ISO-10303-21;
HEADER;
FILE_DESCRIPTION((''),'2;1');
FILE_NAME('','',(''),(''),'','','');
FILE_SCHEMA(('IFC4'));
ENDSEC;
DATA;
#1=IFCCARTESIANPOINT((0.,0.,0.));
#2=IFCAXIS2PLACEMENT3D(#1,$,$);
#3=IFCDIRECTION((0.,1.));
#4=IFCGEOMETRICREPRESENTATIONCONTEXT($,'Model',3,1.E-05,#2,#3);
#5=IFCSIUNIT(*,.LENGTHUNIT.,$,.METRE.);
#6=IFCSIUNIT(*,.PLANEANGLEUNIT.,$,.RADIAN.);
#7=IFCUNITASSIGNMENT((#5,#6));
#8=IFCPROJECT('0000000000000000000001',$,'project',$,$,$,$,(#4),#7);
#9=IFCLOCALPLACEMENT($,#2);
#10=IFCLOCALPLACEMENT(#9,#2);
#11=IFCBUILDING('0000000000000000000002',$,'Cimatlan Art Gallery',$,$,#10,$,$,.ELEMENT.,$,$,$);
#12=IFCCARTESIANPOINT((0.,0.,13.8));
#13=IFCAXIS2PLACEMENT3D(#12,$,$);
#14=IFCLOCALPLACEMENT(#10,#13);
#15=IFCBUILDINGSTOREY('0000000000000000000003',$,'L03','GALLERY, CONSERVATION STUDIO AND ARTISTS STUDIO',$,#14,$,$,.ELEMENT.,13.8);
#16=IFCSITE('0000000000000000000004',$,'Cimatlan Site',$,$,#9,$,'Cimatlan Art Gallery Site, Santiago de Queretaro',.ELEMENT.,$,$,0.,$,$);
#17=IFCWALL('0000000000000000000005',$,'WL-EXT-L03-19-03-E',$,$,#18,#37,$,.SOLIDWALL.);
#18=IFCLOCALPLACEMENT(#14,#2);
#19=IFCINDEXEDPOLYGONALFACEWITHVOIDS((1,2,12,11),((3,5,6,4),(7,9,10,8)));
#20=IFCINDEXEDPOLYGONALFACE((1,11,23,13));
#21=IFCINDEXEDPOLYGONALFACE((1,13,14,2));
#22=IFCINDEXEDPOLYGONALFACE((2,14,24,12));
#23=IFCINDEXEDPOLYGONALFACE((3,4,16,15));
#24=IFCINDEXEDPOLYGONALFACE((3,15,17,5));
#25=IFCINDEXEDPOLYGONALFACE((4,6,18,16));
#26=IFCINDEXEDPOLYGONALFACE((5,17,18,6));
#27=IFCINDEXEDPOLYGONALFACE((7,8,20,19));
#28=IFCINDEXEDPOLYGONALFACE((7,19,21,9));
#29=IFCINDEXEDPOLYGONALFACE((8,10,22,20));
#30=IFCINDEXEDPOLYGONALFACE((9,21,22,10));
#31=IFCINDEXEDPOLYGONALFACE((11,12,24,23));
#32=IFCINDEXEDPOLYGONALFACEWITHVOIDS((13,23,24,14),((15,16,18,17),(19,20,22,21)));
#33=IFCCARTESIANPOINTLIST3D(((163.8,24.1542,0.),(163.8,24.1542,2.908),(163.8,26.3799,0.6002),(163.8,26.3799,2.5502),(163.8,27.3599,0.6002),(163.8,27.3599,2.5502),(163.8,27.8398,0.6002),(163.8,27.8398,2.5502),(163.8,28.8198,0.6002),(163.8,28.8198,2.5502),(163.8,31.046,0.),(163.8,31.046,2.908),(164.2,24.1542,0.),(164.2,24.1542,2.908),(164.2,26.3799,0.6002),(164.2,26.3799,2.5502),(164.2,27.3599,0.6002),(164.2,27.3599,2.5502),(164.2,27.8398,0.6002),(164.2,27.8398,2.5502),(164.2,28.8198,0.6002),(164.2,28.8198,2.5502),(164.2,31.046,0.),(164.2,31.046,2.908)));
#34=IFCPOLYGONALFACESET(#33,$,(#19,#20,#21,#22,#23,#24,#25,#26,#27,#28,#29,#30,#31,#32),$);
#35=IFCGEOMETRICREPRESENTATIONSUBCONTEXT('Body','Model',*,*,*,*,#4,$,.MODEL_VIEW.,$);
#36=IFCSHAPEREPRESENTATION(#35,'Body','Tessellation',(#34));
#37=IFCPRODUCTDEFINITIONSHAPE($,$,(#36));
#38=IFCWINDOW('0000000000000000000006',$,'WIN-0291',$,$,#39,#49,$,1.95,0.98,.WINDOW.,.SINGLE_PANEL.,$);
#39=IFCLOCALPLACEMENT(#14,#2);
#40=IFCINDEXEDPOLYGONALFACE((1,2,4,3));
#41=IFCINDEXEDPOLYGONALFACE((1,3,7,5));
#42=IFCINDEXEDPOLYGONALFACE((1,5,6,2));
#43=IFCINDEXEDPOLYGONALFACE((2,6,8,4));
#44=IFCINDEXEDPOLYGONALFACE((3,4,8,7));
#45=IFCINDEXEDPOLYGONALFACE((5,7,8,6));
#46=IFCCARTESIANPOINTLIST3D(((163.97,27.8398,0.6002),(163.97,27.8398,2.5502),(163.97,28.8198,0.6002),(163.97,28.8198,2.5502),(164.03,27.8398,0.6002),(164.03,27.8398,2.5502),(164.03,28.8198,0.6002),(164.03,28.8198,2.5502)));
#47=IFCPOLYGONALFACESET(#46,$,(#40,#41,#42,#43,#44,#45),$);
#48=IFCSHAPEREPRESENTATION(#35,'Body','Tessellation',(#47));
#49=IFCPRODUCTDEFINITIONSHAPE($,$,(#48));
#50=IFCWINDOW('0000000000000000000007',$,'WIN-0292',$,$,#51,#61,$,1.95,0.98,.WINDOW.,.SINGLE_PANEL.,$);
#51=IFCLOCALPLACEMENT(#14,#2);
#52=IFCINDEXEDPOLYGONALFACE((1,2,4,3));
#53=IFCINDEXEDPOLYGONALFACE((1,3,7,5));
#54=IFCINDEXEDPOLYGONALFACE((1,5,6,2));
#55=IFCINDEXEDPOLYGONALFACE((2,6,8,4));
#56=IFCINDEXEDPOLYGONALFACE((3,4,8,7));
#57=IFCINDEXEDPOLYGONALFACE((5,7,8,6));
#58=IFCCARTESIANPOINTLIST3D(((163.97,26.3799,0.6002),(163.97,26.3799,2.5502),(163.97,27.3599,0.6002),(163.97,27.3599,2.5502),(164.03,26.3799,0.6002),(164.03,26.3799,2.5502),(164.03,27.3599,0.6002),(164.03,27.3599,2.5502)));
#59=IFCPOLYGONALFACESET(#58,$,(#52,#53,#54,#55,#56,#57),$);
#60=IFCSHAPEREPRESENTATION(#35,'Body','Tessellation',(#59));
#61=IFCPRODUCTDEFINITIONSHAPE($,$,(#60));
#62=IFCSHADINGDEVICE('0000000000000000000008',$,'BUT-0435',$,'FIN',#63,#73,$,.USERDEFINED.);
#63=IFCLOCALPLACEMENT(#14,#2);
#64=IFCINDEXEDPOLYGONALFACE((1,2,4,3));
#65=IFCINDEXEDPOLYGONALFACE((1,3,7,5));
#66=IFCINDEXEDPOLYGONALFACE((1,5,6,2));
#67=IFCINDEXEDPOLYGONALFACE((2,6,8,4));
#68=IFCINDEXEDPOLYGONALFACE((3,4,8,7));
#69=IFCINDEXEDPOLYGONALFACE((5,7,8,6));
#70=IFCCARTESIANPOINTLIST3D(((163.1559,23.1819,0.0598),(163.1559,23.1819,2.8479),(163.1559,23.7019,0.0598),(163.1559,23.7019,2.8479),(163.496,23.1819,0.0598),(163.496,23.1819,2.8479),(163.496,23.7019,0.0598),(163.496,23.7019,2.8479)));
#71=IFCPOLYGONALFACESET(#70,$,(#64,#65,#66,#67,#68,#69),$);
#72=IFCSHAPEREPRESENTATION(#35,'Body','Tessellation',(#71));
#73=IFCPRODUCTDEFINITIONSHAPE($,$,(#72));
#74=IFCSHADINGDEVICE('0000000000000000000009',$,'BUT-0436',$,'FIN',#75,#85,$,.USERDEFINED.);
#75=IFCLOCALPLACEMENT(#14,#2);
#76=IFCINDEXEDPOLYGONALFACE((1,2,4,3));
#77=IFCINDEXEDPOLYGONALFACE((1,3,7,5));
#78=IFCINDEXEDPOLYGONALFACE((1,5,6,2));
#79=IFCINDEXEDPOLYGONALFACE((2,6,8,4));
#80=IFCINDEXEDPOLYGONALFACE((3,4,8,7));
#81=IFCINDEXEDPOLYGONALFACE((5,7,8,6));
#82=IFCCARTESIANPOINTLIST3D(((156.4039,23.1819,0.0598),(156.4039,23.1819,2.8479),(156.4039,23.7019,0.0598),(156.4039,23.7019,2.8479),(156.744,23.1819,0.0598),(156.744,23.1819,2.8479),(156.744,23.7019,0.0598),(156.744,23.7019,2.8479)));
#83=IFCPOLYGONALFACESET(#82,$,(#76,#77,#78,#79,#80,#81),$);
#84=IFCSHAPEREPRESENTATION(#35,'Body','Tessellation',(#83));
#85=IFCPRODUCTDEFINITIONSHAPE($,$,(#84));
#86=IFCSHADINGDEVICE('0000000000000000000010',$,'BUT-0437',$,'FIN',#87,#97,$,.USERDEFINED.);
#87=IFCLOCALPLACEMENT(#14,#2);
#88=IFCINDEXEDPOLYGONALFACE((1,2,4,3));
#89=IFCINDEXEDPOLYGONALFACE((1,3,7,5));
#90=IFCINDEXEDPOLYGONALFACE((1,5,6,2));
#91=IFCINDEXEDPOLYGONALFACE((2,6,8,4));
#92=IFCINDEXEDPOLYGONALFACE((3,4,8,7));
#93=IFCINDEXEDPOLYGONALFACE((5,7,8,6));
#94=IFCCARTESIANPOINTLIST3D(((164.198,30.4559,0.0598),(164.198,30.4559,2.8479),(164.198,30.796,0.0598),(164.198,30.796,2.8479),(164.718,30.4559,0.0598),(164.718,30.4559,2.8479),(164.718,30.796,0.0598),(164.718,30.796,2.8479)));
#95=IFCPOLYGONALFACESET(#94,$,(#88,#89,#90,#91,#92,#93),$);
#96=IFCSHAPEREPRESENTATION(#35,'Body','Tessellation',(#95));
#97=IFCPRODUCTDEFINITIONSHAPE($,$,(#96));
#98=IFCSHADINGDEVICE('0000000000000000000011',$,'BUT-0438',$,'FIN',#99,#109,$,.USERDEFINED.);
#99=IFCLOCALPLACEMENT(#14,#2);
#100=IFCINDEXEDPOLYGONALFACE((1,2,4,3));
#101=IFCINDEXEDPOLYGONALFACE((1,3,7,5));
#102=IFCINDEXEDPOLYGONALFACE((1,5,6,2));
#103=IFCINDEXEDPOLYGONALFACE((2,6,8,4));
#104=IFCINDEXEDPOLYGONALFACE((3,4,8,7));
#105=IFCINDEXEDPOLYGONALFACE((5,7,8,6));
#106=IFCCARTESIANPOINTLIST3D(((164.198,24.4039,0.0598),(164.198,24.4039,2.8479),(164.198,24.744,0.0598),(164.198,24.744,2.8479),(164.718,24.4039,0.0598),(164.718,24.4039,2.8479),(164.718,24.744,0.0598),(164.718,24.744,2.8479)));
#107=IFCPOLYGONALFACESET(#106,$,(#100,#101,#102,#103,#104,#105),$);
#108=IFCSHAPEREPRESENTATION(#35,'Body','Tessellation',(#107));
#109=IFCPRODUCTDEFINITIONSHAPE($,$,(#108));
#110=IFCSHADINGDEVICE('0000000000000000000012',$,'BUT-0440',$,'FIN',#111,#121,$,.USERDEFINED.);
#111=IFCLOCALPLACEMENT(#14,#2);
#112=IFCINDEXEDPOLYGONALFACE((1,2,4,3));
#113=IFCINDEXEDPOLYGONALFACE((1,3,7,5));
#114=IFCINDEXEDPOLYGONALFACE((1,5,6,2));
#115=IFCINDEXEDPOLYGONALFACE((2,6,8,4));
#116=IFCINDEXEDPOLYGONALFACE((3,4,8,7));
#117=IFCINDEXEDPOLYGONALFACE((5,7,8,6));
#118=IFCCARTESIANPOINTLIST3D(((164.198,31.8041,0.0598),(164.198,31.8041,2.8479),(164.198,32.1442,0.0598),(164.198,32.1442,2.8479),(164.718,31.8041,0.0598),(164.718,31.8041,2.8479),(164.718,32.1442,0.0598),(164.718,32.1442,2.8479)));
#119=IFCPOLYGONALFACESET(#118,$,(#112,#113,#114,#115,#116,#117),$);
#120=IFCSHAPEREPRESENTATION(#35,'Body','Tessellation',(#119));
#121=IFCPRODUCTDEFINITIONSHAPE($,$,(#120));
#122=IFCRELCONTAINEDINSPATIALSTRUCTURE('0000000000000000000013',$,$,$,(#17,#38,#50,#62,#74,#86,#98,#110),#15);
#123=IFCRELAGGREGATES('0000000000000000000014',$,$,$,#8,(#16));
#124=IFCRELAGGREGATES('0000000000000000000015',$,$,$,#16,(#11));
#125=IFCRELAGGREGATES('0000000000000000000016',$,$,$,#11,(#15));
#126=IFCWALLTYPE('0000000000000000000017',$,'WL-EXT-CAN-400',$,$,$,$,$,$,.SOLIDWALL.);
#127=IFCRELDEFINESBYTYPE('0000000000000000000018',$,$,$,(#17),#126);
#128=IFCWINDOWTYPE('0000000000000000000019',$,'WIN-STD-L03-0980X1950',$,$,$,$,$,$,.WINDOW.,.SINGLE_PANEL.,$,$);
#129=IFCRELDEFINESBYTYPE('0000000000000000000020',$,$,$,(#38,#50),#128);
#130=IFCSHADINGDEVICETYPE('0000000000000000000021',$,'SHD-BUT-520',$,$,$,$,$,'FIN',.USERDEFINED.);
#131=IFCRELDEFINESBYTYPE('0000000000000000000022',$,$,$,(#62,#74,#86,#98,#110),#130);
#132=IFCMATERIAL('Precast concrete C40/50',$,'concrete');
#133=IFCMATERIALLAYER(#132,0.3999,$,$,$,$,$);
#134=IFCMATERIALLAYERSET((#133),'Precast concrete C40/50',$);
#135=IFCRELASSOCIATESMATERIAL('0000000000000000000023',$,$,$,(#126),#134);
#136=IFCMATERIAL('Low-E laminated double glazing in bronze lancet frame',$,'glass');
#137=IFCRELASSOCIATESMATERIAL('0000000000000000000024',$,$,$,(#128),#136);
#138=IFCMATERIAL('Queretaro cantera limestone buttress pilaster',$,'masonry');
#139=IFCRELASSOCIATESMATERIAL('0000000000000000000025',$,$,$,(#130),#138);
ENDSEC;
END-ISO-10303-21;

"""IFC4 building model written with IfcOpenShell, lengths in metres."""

from ifc_helpers import new_model, si_unit, direction, frame, frame_2d, origin, origin_2d, place, context, subcontext, project, spatial, rectangle, extrude, material, layer, layer_set, type_object, element, fill, save


model = new_model("IFC4")

# Units and contexts
model_context = context("Model", 3, precision=1e-05, world=origin(), true_north=direction((0.0, 1.0)))
body_context = subcontext(model_context, "Body", "Model", "MODEL_VIEW")
ifc_project = project(units=[si_unit("LENGTHUNIT", "METRE"), si_unit("PLANEANGLEUNIT", "RADIAN")], contexts=[model_context])

# Site, building, storey
site_placement = place(None, origin())
site = spatial("IfcSite", under=ifc_project, at=site_placement, Name="Cimatlan Site", LongName="Cimatlan Art Gallery Site, Santiago de Queretaro", CompositionType="ELEMENT", RefElevation=0.0)
building_placement = place(site_placement, origin())
building = spatial("IfcBuilding", under=site, at=building_placement, Name="Cimatlan Art Gallery", CompositionType="ELEMENT")
storey_placement = place(building_placement, frame((0.0, 0.0, 13.8)))
storey = spatial("IfcBuildingStorey", under=building, at=storey_placement, Name="L03", Description="GALLERY, CONSERVATION STUDIO AND ARTISTS STUDIO", CompositionType="ELEMENT", Elevation=13.8)

# Wall, openings, windows
ifc_material_1 = material(Name="Precast concrete C40/50", Category="concrete")
ifc_layer_1 = layer(ifc_material_1, 0.3999)
ifc_layer_set_1 = layer_set([ifc_layer_1], Name="Precast concrete C40/50")
wall_type_1 = type_object("IfcWallType", Name="WL-EXT-CAN-400", PredefinedType="SOLIDWALL", material=ifc_layer_set_1)
ifc_material_2 = material(Name="Low-E laminated double glazing in bronze lancet frame", Category="glass")
window_type = type_object("IfcWindowType", Name="WIN-STD-L03-0980X1950", PartitioningType="SINGLE_PANEL", PredefinedType="WINDOW", material=ifc_material_2)
wall_1_placement = place(storey_placement, frame((164.0, 31.0459, 0.0), z_axis=(0.0, 0.0, 1.0), x_axis=(0.0, -1.0, 0.0)))
wall_1 = element("IfcWall", 1, at=wall_1_placement, inside=storey, type_object=wall_type_1, Name="WL-EXT-L03-19-03-E", PredefinedType="SOLIDWALL", context=body_context, shape_type="SweptSolid", body=[
    extrude(rectangle(XDim=6.8918, YDim=0.3999, at=frame_2d((3.4458, 0.0))), origin(), (0.0, 0.0, 1.0), 2.908),
])
opening_1_placement = place(wall_1_placement, frame((2.2261, 0.0, 0.6001)))
opening_1 = element("IfcOpeningElement", 2, at=opening_1_placement, cuts=wall_1, PredefinedType="OPENING", context=body_context, shape_type="SweptSolid", body=[
    extrude(rectangle(XDim=0.98, YDim=1.95, at=frame_2d((0.49, 0.9751))), frame((0.0, 0.21, 0.0), z_axis=(0.0, -1.0, 0.0), x_axis=(1.0, 0.0, 0.0)), (0.0, 0.0, 1.0), 0.4199),
])
opening_2_placement = place(wall_1_placement, frame((3.686, 0.0, 0.6001)))
opening_2 = element("IfcOpeningElement", 3, at=opening_2_placement, cuts=wall_1, PredefinedType="OPENING", context=body_context, shape_type="SweptSolid", body=[
    extrude(rectangle(XDim=0.98, YDim=1.95, at=frame_2d((0.49, 0.9751))), frame((0.0, 0.21, 0.0), z_axis=(0.0, -1.0, 0.0), x_axis=(1.0, 0.0, 0.0)), (0.0, 0.0, 1.0), 0.4199),
])
window_1_placement = place(opening_1_placement, origin())
window_1 = element("IfcWindow", 4, at=window_1_placement, inside=storey, type_object=window_type, Name="WIN-0291", OverallHeight=1.95, OverallWidth=0.98, PartitioningType="SINGLE_PANEL", PredefinedType="WINDOW", context=body_context, shape_type="SweptSolid", body=[
    extrude(rectangle(XDim=0.98, YDim=1.95, at=frame_2d((0.49, 0.9751))), frame((0.0, 0.03, 0.0), z_axis=(0.0, -1.0, 0.0), x_axis=(1.0, 0.0, 0.0)), (0.0, 0.0, 1.0), 0.0601),
])
fill(opening_1, window_1)
window_2_placement = place(opening_2_placement, origin())
window_2 = element("IfcWindow", 5, at=window_2_placement, inside=storey, type_object=window_type, Name="WIN-0292", OverallHeight=1.95, OverallWidth=0.98, PartitioningType="SINGLE_PANEL", PredefinedType="WINDOW", context=body_context, shape_type="SweptSolid", body=[
    extrude(rectangle(XDim=0.98, YDim=1.95, at=frame_2d((0.49, 0.9751))), frame((0.0, 0.03, 0.0), z_axis=(0.0, -1.0, 0.0), x_axis=(1.0, 0.0, 0.0)), (0.0, 0.0, 1.0), 0.0601),
])
fill(opening_2, window_2)

# Shading devices
ifc_material_3 = material(Name="Queretaro cantera limestone buttress pilaster", Category="masonry")
shading_device_type = type_object("IfcShadingDeviceType", Name="SHD-BUT-520", ElementType="FIN", PredefinedType="USERDEFINED", material=ifc_material_3)
for number, where, z_axis, x_axis, name in (
    (6, (163.3259, 23.4419, 0.0598), (0.0, 0.0, 1.0), (-1.0, 0.0, 0.0), "BUT-0435"),
    (7, (156.574, 23.4419, 0.0598), (0.0, 0.0, 1.0), (-1.0, 0.0, 0.0), "BUT-0436"),
    (8, (164.458, 30.626, 0.0598), (0.0, 0.0, 1.0), (0.0, -1.0, 0.0), "BUT-0437"),
    (9, (164.458, 24.574, 0.0598), (0.0, 0.0, 1.0), (0.0, -1.0, 0.0), "BUT-0438"),
    (10, (164.458, 31.9741, 0.0598), (0.0, 0.0, 1.0), (0.0, -1.0, 0.0), "BUT-0440"),
):
    element("IfcShadingDevice", number, at=place(storey_placement, frame(where, z_axis=z_axis, x_axis=x_axis)), inside=storey, type_object=shading_device_type, Name=name, ObjectType="FIN", PredefinedType="USERDEFINED", context=body_context, shape_type="SweptSolid", body=[
        extrude(rectangle(XDim=0.3401, YDim=0.52, at=origin_2d()), origin(), (0.0, 0.0, 1.0), 2.7881),
    ])

save(model, "model.ifc")
